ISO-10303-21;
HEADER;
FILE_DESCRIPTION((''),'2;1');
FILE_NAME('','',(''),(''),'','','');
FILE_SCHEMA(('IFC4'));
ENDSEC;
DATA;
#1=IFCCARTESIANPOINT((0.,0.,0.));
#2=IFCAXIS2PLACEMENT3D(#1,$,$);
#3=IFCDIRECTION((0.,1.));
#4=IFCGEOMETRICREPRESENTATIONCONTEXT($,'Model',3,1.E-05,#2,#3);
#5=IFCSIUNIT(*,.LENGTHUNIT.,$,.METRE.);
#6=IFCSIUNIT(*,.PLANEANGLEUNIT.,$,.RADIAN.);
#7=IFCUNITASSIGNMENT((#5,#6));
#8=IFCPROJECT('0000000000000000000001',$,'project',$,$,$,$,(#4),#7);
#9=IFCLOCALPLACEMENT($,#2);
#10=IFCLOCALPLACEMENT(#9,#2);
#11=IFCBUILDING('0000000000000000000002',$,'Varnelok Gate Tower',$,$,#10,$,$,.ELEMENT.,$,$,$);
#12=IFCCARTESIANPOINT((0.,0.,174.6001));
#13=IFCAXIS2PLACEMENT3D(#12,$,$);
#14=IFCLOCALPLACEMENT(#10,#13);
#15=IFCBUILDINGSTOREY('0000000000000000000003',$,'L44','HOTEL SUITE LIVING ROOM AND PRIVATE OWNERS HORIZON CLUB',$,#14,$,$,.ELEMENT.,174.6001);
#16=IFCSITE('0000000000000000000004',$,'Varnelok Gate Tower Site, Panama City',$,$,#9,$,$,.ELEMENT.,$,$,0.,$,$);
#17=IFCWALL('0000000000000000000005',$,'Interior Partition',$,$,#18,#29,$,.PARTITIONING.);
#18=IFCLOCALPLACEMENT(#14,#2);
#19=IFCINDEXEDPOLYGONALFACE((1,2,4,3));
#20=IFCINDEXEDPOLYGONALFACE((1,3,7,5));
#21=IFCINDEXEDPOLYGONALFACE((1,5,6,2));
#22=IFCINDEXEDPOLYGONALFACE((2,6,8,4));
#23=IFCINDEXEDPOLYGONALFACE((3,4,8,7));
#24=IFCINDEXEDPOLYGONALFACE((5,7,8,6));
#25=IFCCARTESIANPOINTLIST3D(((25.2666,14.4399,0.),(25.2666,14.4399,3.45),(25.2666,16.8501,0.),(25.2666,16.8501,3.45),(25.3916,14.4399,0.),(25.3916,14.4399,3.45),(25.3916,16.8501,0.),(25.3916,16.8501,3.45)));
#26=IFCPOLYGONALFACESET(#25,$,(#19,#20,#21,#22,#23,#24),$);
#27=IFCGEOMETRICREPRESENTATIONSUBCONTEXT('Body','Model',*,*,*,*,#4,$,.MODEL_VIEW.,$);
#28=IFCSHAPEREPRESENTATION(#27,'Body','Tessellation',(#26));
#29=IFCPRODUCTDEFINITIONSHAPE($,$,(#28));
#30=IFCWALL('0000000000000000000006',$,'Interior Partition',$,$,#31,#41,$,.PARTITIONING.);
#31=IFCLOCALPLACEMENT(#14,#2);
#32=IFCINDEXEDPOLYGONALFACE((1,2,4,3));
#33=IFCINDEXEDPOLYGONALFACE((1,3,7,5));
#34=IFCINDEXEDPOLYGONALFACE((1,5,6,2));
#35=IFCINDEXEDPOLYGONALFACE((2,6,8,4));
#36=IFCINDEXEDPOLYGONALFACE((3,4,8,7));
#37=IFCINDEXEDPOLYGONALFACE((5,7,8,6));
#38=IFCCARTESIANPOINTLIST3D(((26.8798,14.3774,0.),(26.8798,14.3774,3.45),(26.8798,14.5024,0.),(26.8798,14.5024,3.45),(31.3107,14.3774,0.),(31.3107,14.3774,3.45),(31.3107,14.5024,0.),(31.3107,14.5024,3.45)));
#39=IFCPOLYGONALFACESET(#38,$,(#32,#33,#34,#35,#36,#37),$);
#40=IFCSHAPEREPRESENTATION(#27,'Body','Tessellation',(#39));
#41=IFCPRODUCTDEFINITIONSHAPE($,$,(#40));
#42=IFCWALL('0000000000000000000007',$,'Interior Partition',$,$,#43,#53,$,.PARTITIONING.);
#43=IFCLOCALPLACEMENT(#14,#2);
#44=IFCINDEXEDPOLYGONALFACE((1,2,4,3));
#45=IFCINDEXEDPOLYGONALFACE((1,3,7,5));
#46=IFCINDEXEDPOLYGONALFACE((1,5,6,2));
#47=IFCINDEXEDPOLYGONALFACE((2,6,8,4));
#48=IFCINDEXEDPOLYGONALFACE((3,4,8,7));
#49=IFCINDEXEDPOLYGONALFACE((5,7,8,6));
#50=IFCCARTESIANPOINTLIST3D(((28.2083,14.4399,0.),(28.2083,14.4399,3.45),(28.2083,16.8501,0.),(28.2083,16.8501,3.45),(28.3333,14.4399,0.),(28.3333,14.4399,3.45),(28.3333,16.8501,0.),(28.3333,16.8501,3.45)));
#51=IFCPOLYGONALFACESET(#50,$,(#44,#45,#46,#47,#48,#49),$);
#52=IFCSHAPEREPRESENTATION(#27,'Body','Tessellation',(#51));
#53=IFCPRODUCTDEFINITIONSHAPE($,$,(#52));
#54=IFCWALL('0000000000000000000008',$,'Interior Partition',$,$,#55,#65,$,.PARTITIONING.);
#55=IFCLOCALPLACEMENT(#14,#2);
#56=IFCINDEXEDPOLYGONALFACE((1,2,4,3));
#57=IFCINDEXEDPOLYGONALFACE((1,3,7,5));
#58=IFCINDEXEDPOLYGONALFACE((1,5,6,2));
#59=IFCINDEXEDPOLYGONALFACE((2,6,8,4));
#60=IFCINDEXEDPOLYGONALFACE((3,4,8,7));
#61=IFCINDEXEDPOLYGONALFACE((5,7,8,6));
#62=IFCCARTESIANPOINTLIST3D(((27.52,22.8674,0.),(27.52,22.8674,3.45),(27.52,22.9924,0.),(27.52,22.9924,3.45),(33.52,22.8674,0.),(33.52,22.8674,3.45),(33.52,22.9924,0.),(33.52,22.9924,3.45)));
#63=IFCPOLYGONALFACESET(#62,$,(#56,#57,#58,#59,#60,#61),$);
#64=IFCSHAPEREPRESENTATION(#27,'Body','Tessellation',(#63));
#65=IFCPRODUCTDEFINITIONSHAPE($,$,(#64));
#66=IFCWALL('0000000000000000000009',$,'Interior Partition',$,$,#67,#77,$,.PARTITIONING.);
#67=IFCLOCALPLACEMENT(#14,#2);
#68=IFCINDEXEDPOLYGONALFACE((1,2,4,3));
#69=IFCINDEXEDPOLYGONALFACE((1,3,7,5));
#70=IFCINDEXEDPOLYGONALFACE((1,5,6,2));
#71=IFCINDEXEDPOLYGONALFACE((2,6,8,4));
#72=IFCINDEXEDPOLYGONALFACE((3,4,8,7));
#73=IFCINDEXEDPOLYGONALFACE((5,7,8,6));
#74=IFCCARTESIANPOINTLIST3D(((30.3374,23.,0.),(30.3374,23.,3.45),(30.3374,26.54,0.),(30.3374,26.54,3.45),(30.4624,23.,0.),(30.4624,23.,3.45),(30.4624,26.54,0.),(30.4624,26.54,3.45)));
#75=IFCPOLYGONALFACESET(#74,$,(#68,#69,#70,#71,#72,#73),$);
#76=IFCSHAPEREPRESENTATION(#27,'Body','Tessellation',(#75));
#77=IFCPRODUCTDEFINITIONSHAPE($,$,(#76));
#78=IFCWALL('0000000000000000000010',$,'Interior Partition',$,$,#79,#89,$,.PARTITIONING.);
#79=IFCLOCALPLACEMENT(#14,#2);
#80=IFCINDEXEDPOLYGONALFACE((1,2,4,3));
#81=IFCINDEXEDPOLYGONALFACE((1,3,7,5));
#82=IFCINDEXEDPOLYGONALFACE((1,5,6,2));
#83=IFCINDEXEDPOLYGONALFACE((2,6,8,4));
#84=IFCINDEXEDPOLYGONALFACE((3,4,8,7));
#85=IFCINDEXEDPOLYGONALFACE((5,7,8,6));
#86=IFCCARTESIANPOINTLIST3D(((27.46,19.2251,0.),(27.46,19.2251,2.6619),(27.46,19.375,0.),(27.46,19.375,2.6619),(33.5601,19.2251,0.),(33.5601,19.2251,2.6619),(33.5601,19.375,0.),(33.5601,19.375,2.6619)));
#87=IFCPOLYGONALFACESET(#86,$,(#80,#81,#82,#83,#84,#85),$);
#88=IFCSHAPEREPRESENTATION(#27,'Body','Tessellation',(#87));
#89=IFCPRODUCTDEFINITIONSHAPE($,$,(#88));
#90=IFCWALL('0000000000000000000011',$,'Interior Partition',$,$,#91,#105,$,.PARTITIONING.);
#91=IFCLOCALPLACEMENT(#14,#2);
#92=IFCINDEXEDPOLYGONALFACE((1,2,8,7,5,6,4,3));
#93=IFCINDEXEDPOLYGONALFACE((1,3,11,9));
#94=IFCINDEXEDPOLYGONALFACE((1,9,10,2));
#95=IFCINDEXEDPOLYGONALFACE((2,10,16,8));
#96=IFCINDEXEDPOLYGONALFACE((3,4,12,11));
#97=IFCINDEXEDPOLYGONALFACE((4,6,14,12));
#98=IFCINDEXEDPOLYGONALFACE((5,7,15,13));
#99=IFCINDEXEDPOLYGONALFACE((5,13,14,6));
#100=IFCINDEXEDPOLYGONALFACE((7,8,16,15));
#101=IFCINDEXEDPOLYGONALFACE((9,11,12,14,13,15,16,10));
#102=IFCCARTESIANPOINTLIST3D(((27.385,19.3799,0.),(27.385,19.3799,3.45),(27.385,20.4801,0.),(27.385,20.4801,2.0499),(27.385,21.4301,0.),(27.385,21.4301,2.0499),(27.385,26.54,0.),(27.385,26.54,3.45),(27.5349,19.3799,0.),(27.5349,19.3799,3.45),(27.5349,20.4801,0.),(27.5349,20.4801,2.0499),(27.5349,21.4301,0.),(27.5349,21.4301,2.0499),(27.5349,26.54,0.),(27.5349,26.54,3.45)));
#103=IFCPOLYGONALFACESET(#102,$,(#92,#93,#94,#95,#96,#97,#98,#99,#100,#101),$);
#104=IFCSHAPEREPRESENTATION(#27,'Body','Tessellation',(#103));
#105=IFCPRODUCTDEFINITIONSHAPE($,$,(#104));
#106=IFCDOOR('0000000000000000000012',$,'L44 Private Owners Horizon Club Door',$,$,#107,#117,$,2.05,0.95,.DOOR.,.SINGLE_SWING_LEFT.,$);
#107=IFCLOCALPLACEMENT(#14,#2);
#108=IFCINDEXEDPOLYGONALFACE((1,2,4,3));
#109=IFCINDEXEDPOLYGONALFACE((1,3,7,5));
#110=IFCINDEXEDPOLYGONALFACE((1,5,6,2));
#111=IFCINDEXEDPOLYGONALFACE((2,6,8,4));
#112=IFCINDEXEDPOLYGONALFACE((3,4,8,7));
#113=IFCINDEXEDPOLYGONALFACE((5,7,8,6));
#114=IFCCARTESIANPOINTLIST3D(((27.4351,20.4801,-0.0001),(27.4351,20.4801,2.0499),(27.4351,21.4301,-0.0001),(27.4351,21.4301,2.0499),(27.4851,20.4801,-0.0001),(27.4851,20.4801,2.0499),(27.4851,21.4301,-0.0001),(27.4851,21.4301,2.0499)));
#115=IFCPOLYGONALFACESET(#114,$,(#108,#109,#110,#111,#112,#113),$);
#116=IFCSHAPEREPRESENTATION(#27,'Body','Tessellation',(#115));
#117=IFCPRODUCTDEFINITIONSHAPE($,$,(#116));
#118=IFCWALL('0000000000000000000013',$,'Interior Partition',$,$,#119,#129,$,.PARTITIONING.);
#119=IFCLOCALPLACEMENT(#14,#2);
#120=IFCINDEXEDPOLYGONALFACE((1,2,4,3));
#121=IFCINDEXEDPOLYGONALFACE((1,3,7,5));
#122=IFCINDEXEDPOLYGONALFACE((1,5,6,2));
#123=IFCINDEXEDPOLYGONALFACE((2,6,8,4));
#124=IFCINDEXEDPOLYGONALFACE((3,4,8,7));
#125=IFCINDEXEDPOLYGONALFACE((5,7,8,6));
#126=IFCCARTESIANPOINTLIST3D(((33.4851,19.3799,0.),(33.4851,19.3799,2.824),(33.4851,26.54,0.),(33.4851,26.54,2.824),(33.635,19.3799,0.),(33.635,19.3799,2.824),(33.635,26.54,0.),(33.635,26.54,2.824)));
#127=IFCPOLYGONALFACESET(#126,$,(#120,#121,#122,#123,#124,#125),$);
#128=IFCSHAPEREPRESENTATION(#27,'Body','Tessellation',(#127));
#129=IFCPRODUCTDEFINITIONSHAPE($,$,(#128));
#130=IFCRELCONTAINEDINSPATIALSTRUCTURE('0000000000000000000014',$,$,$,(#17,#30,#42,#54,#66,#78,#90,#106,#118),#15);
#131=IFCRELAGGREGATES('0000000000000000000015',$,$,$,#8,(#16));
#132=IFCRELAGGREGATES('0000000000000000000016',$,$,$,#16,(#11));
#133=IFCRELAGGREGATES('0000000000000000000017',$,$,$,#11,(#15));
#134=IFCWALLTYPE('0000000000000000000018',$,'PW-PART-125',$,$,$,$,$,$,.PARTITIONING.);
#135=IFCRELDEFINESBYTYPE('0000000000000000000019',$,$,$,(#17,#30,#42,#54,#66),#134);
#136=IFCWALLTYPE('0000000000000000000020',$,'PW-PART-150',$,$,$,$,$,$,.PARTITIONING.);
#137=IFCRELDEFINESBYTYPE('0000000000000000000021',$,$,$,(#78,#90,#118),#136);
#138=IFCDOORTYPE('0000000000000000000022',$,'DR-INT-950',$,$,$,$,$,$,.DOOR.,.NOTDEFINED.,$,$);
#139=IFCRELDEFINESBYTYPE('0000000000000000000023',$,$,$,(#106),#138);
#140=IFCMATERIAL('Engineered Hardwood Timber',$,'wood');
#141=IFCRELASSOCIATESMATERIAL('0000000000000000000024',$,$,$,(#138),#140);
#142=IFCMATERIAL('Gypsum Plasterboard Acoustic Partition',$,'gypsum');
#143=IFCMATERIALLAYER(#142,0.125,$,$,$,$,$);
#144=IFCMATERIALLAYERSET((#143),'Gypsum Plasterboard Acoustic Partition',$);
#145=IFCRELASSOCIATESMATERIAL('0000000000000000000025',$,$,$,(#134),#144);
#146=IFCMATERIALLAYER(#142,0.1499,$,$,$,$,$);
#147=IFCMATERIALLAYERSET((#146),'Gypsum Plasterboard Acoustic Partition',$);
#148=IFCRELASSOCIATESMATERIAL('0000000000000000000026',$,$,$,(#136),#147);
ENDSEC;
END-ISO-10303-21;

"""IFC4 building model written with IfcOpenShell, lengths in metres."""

from ifc_helpers import new_model, si_unit, direction, frame, frame_2d, origin, place, context, subcontext, project, spatial, rectangle, extrude, material, layer, layer_set, type_object, element, fill, save


model = new_model("IFC4")

# Units and contexts
model_context = context("Model", 3, precision=1e-05, world=origin(), true_north=direction((0.0, 1.0)))
body_context = subcontext(model_context, "Body", "Model", "MODEL_VIEW")
ifc_project = project(units=[si_unit("LENGTHUNIT", "METRE"), si_unit("PLANEANGLEUNIT", "RADIAN")], contexts=[model_context])

# Site, building, storey
site_placement = place(None, origin())
site = spatial("IfcSite", under=ifc_project, at=site_placement, Name="Varnelok Gate Tower Site, Panama City", CompositionType="ELEMENT", RefElevation=0.0)
building_placement = place(site_placement, origin())
building = spatial("IfcBuilding", under=site, at=building_placement, Name="Varnelok Gate Tower", CompositionType="ELEMENT")
storey_placement = place(building_placement, frame((0.0, 0.0, 174.6001)))
storey = spatial("IfcBuildingStorey", under=building, at=storey_placement, Name="L44", Description="HOTEL SUITE LIVING ROOM AND PRIVATE OWNERS HORIZON CLUB", CompositionType="ELEMENT", Elevation=174.6001)

# Shared definitions
ifc_material_1 = material(Name="Gypsum Plasterboard Acoustic Partition", Category="gypsum")
ifc_material_2 = material(Name="Engineered Hardwood Timber", Category="wood")
door_type_1 = type_object("IfcDoorType", Name="DR-INT-950", OperationType="NOTDEFINED", PredefinedType="DOOR", material=ifc_material_2)

# Walls
ifc_layer_1 = layer(ifc_material_1, 0.125)
ifc_layer_set_1 = layer_set([ifc_layer_1], Name="Gypsum Plasterboard Acoustic Partition")
wall_type_1 = type_object("IfcWallType", Name="PW-PART-125", PredefinedType="PARTITIONING", material=ifc_layer_set_1)
wall_1_placement = place(storey_placement, frame((25.3291, 14.4399, 0.0), z_axis=(0.0, 0.0, 1.0), x_axis=(0.0, 1.0, 0.0)))
element("IfcWall", 1, at=wall_1_placement, inside=storey, type_object=wall_type_1, Name="Interior Partition", PredefinedType="PARTITIONING", context=body_context, shape_type="SweptSolid", body=[
    extrude(rectangle(XDim=2.4102, YDim=0.125, at=frame_2d((1.2051, 0.0))), origin(), (0.0, 0.0, 1.0), 3.45),
])
wall_2_placement = place(storey_placement, frame((26.8799, 14.4399, 0.0), z_axis=(0.0, 0.0, 1.0), x_axis=(1.0, 0.0, 0.0)))
element("IfcWall", 2, at=wall_2_placement, inside=storey, type_object=wall_type_1, Name="Interior Partition", PredefinedType="PARTITIONING", context=body_context, shape_type="SweptSolid", body=[
    extrude(rectangle(XDim=4.4309, YDim=0.125, at=frame_2d((2.2153, 0.0))), origin(), (0.0, 0.0, 1.0), 3.45),
])
wall_3_placement = place(storey_placement, frame((28.2708, 14.4399, 0.0), z_axis=(0.0, 0.0, 1.0), x_axis=(0.0, 1.0, 0.0)))
element("IfcWall", 3, at=wall_3_placement, inside=storey, type_object=wall_type_1, Name="Interior Partition", PredefinedType="PARTITIONING", context=body_context, shape_type="SweptSolid", body=[
    extrude(rectangle(XDim=2.4102, YDim=0.125, at=frame_2d((1.2051, 0.0))), origin(), (0.0, 0.0, 1.0), 3.45),
])
wall_4_placement = place(storey_placement, frame((27.52, 22.9299, 0.0), z_axis=(0.0, 0.0, 1.0), x_axis=(1.0, 0.0, 0.0)))
element("IfcWall", 4, at=wall_4_placement, inside=storey, type_object=wall_type_1, Name="Interior Partition", PredefinedType="PARTITIONING", context=body_context, shape_type="SweptSolid", body=[
    extrude(rectangle(XDim=6.0, YDim=0.125, at=frame_2d((3.0, 0.0))), origin(), (0.0, 0.0, 1.0), 3.45),
])
wall_5_placement = place(storey_placement, frame((30.3999, 23.0, 0.0), z_axis=(0.0, 0.0, 1.0), x_axis=(0.0, 1.0, 0.0)))
element("IfcWall", 5, at=wall_5_placement, inside=storey, type_object=wall_type_1, Name="Interior Partition", PredefinedType="PARTITIONING", context=body_context, shape_type="SweptSolid", body=[
    extrude(rectangle(XDim=3.54, YDim=0.125, at=frame_2d((1.77, 0.0))), origin(), (0.0, 0.0, 1.0), 3.45),
])
ifc_layer_2 = layer(ifc_material_1, 0.1499)
ifc_layer_set_2 = layer_set([ifc_layer_2], Name="Gypsum Plasterboard Acoustic Partition")
wall_type_2 = type_object("IfcWallType", Name="PW-PART-150", PredefinedType="PARTITIONING", material=ifc_layer_set_2)
wall_6_placement = place(storey_placement, frame((27.46, 19.3, 0.0), z_axis=(0.0, 0.0, 1.0), x_axis=(1.0, 0.0, 0.0)))
element("IfcWall", 6, at=wall_6_placement, inside=storey, type_object=wall_type_2, Name="Interior Partition", PredefinedType="PARTITIONING", context=body_context, shape_type="SweptSolid", body=[
    extrude(rectangle(XDim=6.1001, YDim=0.1499, at=frame_2d((3.05, 0.0))), origin(), (0.0, 0.0, 1.0), 2.6619),
])

# Wall, opening, door
wall_7_placement = place(storey_placement, frame((27.46, 19.3799, 0.0), z_axis=(0.0, 0.0, 1.0), x_axis=(0.0, 1.0, 0.0)))
wall_7 = element("IfcWall", 7, at=wall_7_placement, inside=storey, type_object=wall_type_2, Name="Interior Partition", PredefinedType="PARTITIONING", context=body_context, shape_type="SweptSolid", body=[
    extrude(rectangle(XDim=7.1602, YDim=0.1499, at=frame_2d((3.5801, 0.0))), origin(), (0.0, 0.0, 1.0), 3.45),
])
opening_1_placement = place(wall_7_placement, frame((1.1001, 0.0, 0.0)))
opening_1 = element("IfcOpeningElement", 8, at=opening_1_placement, cuts=wall_7, PredefinedType="OPENING", context=body_context, shape_type="SweptSolid", body=[
    extrude(rectangle(XDim=0.95, YDim=2.05, at=frame_2d((0.4751, 1.0249))), frame((0.0, 0.085, 0.0), z_axis=(0.0, -1.0, 0.0), x_axis=(1.0, 0.0, 0.0)), (0.0, 0.0, 1.0), 0.1699),
])
door_1_placement = place(opening_1_placement, origin())
door_1 = element("IfcDoor", 9, at=door_1_placement, inside=storey, type_object=door_type_1, Name="L44 Private Owners Horizon Club Door", OperationType="SINGLE_SWING_LEFT", OverallHeight=2.05, OverallWidth=0.95, PredefinedType="DOOR", context=body_context, shape_type="SweptSolid", body=[
    extrude(rectangle(XDim=0.95, YDim=2.05, at=frame_2d((0.4751, 1.0249))), frame((0.0, 0.0249, 0.0), z_axis=(0.0, -1.0, 0.0), x_axis=(1.0, 0.0, 0.0)), (0.0, 0.0, 1.0), 0.05),
])
fill(opening_1, door_1)

# Wall
wall_8_placement = place(storey_placement, frame((33.5601, 19.3799, 0.0), z_axis=(0.0, 0.0, 1.0), x_axis=(0.0, 1.0, 0.0)))
element("IfcWall", 10, at=wall_8_placement, inside=storey, type_object=wall_type_2, Name="Interior Partition", PredefinedType="PARTITIONING", context=body_context, shape_type="SweptSolid", body=[
    extrude(rectangle(XDim=7.1602, YDim=0.1499, at=frame_2d((3.5801, 0.0))), origin(), (0.0, 0.0, 1.0), 2.824),
])

save(model, "model.ifc")
